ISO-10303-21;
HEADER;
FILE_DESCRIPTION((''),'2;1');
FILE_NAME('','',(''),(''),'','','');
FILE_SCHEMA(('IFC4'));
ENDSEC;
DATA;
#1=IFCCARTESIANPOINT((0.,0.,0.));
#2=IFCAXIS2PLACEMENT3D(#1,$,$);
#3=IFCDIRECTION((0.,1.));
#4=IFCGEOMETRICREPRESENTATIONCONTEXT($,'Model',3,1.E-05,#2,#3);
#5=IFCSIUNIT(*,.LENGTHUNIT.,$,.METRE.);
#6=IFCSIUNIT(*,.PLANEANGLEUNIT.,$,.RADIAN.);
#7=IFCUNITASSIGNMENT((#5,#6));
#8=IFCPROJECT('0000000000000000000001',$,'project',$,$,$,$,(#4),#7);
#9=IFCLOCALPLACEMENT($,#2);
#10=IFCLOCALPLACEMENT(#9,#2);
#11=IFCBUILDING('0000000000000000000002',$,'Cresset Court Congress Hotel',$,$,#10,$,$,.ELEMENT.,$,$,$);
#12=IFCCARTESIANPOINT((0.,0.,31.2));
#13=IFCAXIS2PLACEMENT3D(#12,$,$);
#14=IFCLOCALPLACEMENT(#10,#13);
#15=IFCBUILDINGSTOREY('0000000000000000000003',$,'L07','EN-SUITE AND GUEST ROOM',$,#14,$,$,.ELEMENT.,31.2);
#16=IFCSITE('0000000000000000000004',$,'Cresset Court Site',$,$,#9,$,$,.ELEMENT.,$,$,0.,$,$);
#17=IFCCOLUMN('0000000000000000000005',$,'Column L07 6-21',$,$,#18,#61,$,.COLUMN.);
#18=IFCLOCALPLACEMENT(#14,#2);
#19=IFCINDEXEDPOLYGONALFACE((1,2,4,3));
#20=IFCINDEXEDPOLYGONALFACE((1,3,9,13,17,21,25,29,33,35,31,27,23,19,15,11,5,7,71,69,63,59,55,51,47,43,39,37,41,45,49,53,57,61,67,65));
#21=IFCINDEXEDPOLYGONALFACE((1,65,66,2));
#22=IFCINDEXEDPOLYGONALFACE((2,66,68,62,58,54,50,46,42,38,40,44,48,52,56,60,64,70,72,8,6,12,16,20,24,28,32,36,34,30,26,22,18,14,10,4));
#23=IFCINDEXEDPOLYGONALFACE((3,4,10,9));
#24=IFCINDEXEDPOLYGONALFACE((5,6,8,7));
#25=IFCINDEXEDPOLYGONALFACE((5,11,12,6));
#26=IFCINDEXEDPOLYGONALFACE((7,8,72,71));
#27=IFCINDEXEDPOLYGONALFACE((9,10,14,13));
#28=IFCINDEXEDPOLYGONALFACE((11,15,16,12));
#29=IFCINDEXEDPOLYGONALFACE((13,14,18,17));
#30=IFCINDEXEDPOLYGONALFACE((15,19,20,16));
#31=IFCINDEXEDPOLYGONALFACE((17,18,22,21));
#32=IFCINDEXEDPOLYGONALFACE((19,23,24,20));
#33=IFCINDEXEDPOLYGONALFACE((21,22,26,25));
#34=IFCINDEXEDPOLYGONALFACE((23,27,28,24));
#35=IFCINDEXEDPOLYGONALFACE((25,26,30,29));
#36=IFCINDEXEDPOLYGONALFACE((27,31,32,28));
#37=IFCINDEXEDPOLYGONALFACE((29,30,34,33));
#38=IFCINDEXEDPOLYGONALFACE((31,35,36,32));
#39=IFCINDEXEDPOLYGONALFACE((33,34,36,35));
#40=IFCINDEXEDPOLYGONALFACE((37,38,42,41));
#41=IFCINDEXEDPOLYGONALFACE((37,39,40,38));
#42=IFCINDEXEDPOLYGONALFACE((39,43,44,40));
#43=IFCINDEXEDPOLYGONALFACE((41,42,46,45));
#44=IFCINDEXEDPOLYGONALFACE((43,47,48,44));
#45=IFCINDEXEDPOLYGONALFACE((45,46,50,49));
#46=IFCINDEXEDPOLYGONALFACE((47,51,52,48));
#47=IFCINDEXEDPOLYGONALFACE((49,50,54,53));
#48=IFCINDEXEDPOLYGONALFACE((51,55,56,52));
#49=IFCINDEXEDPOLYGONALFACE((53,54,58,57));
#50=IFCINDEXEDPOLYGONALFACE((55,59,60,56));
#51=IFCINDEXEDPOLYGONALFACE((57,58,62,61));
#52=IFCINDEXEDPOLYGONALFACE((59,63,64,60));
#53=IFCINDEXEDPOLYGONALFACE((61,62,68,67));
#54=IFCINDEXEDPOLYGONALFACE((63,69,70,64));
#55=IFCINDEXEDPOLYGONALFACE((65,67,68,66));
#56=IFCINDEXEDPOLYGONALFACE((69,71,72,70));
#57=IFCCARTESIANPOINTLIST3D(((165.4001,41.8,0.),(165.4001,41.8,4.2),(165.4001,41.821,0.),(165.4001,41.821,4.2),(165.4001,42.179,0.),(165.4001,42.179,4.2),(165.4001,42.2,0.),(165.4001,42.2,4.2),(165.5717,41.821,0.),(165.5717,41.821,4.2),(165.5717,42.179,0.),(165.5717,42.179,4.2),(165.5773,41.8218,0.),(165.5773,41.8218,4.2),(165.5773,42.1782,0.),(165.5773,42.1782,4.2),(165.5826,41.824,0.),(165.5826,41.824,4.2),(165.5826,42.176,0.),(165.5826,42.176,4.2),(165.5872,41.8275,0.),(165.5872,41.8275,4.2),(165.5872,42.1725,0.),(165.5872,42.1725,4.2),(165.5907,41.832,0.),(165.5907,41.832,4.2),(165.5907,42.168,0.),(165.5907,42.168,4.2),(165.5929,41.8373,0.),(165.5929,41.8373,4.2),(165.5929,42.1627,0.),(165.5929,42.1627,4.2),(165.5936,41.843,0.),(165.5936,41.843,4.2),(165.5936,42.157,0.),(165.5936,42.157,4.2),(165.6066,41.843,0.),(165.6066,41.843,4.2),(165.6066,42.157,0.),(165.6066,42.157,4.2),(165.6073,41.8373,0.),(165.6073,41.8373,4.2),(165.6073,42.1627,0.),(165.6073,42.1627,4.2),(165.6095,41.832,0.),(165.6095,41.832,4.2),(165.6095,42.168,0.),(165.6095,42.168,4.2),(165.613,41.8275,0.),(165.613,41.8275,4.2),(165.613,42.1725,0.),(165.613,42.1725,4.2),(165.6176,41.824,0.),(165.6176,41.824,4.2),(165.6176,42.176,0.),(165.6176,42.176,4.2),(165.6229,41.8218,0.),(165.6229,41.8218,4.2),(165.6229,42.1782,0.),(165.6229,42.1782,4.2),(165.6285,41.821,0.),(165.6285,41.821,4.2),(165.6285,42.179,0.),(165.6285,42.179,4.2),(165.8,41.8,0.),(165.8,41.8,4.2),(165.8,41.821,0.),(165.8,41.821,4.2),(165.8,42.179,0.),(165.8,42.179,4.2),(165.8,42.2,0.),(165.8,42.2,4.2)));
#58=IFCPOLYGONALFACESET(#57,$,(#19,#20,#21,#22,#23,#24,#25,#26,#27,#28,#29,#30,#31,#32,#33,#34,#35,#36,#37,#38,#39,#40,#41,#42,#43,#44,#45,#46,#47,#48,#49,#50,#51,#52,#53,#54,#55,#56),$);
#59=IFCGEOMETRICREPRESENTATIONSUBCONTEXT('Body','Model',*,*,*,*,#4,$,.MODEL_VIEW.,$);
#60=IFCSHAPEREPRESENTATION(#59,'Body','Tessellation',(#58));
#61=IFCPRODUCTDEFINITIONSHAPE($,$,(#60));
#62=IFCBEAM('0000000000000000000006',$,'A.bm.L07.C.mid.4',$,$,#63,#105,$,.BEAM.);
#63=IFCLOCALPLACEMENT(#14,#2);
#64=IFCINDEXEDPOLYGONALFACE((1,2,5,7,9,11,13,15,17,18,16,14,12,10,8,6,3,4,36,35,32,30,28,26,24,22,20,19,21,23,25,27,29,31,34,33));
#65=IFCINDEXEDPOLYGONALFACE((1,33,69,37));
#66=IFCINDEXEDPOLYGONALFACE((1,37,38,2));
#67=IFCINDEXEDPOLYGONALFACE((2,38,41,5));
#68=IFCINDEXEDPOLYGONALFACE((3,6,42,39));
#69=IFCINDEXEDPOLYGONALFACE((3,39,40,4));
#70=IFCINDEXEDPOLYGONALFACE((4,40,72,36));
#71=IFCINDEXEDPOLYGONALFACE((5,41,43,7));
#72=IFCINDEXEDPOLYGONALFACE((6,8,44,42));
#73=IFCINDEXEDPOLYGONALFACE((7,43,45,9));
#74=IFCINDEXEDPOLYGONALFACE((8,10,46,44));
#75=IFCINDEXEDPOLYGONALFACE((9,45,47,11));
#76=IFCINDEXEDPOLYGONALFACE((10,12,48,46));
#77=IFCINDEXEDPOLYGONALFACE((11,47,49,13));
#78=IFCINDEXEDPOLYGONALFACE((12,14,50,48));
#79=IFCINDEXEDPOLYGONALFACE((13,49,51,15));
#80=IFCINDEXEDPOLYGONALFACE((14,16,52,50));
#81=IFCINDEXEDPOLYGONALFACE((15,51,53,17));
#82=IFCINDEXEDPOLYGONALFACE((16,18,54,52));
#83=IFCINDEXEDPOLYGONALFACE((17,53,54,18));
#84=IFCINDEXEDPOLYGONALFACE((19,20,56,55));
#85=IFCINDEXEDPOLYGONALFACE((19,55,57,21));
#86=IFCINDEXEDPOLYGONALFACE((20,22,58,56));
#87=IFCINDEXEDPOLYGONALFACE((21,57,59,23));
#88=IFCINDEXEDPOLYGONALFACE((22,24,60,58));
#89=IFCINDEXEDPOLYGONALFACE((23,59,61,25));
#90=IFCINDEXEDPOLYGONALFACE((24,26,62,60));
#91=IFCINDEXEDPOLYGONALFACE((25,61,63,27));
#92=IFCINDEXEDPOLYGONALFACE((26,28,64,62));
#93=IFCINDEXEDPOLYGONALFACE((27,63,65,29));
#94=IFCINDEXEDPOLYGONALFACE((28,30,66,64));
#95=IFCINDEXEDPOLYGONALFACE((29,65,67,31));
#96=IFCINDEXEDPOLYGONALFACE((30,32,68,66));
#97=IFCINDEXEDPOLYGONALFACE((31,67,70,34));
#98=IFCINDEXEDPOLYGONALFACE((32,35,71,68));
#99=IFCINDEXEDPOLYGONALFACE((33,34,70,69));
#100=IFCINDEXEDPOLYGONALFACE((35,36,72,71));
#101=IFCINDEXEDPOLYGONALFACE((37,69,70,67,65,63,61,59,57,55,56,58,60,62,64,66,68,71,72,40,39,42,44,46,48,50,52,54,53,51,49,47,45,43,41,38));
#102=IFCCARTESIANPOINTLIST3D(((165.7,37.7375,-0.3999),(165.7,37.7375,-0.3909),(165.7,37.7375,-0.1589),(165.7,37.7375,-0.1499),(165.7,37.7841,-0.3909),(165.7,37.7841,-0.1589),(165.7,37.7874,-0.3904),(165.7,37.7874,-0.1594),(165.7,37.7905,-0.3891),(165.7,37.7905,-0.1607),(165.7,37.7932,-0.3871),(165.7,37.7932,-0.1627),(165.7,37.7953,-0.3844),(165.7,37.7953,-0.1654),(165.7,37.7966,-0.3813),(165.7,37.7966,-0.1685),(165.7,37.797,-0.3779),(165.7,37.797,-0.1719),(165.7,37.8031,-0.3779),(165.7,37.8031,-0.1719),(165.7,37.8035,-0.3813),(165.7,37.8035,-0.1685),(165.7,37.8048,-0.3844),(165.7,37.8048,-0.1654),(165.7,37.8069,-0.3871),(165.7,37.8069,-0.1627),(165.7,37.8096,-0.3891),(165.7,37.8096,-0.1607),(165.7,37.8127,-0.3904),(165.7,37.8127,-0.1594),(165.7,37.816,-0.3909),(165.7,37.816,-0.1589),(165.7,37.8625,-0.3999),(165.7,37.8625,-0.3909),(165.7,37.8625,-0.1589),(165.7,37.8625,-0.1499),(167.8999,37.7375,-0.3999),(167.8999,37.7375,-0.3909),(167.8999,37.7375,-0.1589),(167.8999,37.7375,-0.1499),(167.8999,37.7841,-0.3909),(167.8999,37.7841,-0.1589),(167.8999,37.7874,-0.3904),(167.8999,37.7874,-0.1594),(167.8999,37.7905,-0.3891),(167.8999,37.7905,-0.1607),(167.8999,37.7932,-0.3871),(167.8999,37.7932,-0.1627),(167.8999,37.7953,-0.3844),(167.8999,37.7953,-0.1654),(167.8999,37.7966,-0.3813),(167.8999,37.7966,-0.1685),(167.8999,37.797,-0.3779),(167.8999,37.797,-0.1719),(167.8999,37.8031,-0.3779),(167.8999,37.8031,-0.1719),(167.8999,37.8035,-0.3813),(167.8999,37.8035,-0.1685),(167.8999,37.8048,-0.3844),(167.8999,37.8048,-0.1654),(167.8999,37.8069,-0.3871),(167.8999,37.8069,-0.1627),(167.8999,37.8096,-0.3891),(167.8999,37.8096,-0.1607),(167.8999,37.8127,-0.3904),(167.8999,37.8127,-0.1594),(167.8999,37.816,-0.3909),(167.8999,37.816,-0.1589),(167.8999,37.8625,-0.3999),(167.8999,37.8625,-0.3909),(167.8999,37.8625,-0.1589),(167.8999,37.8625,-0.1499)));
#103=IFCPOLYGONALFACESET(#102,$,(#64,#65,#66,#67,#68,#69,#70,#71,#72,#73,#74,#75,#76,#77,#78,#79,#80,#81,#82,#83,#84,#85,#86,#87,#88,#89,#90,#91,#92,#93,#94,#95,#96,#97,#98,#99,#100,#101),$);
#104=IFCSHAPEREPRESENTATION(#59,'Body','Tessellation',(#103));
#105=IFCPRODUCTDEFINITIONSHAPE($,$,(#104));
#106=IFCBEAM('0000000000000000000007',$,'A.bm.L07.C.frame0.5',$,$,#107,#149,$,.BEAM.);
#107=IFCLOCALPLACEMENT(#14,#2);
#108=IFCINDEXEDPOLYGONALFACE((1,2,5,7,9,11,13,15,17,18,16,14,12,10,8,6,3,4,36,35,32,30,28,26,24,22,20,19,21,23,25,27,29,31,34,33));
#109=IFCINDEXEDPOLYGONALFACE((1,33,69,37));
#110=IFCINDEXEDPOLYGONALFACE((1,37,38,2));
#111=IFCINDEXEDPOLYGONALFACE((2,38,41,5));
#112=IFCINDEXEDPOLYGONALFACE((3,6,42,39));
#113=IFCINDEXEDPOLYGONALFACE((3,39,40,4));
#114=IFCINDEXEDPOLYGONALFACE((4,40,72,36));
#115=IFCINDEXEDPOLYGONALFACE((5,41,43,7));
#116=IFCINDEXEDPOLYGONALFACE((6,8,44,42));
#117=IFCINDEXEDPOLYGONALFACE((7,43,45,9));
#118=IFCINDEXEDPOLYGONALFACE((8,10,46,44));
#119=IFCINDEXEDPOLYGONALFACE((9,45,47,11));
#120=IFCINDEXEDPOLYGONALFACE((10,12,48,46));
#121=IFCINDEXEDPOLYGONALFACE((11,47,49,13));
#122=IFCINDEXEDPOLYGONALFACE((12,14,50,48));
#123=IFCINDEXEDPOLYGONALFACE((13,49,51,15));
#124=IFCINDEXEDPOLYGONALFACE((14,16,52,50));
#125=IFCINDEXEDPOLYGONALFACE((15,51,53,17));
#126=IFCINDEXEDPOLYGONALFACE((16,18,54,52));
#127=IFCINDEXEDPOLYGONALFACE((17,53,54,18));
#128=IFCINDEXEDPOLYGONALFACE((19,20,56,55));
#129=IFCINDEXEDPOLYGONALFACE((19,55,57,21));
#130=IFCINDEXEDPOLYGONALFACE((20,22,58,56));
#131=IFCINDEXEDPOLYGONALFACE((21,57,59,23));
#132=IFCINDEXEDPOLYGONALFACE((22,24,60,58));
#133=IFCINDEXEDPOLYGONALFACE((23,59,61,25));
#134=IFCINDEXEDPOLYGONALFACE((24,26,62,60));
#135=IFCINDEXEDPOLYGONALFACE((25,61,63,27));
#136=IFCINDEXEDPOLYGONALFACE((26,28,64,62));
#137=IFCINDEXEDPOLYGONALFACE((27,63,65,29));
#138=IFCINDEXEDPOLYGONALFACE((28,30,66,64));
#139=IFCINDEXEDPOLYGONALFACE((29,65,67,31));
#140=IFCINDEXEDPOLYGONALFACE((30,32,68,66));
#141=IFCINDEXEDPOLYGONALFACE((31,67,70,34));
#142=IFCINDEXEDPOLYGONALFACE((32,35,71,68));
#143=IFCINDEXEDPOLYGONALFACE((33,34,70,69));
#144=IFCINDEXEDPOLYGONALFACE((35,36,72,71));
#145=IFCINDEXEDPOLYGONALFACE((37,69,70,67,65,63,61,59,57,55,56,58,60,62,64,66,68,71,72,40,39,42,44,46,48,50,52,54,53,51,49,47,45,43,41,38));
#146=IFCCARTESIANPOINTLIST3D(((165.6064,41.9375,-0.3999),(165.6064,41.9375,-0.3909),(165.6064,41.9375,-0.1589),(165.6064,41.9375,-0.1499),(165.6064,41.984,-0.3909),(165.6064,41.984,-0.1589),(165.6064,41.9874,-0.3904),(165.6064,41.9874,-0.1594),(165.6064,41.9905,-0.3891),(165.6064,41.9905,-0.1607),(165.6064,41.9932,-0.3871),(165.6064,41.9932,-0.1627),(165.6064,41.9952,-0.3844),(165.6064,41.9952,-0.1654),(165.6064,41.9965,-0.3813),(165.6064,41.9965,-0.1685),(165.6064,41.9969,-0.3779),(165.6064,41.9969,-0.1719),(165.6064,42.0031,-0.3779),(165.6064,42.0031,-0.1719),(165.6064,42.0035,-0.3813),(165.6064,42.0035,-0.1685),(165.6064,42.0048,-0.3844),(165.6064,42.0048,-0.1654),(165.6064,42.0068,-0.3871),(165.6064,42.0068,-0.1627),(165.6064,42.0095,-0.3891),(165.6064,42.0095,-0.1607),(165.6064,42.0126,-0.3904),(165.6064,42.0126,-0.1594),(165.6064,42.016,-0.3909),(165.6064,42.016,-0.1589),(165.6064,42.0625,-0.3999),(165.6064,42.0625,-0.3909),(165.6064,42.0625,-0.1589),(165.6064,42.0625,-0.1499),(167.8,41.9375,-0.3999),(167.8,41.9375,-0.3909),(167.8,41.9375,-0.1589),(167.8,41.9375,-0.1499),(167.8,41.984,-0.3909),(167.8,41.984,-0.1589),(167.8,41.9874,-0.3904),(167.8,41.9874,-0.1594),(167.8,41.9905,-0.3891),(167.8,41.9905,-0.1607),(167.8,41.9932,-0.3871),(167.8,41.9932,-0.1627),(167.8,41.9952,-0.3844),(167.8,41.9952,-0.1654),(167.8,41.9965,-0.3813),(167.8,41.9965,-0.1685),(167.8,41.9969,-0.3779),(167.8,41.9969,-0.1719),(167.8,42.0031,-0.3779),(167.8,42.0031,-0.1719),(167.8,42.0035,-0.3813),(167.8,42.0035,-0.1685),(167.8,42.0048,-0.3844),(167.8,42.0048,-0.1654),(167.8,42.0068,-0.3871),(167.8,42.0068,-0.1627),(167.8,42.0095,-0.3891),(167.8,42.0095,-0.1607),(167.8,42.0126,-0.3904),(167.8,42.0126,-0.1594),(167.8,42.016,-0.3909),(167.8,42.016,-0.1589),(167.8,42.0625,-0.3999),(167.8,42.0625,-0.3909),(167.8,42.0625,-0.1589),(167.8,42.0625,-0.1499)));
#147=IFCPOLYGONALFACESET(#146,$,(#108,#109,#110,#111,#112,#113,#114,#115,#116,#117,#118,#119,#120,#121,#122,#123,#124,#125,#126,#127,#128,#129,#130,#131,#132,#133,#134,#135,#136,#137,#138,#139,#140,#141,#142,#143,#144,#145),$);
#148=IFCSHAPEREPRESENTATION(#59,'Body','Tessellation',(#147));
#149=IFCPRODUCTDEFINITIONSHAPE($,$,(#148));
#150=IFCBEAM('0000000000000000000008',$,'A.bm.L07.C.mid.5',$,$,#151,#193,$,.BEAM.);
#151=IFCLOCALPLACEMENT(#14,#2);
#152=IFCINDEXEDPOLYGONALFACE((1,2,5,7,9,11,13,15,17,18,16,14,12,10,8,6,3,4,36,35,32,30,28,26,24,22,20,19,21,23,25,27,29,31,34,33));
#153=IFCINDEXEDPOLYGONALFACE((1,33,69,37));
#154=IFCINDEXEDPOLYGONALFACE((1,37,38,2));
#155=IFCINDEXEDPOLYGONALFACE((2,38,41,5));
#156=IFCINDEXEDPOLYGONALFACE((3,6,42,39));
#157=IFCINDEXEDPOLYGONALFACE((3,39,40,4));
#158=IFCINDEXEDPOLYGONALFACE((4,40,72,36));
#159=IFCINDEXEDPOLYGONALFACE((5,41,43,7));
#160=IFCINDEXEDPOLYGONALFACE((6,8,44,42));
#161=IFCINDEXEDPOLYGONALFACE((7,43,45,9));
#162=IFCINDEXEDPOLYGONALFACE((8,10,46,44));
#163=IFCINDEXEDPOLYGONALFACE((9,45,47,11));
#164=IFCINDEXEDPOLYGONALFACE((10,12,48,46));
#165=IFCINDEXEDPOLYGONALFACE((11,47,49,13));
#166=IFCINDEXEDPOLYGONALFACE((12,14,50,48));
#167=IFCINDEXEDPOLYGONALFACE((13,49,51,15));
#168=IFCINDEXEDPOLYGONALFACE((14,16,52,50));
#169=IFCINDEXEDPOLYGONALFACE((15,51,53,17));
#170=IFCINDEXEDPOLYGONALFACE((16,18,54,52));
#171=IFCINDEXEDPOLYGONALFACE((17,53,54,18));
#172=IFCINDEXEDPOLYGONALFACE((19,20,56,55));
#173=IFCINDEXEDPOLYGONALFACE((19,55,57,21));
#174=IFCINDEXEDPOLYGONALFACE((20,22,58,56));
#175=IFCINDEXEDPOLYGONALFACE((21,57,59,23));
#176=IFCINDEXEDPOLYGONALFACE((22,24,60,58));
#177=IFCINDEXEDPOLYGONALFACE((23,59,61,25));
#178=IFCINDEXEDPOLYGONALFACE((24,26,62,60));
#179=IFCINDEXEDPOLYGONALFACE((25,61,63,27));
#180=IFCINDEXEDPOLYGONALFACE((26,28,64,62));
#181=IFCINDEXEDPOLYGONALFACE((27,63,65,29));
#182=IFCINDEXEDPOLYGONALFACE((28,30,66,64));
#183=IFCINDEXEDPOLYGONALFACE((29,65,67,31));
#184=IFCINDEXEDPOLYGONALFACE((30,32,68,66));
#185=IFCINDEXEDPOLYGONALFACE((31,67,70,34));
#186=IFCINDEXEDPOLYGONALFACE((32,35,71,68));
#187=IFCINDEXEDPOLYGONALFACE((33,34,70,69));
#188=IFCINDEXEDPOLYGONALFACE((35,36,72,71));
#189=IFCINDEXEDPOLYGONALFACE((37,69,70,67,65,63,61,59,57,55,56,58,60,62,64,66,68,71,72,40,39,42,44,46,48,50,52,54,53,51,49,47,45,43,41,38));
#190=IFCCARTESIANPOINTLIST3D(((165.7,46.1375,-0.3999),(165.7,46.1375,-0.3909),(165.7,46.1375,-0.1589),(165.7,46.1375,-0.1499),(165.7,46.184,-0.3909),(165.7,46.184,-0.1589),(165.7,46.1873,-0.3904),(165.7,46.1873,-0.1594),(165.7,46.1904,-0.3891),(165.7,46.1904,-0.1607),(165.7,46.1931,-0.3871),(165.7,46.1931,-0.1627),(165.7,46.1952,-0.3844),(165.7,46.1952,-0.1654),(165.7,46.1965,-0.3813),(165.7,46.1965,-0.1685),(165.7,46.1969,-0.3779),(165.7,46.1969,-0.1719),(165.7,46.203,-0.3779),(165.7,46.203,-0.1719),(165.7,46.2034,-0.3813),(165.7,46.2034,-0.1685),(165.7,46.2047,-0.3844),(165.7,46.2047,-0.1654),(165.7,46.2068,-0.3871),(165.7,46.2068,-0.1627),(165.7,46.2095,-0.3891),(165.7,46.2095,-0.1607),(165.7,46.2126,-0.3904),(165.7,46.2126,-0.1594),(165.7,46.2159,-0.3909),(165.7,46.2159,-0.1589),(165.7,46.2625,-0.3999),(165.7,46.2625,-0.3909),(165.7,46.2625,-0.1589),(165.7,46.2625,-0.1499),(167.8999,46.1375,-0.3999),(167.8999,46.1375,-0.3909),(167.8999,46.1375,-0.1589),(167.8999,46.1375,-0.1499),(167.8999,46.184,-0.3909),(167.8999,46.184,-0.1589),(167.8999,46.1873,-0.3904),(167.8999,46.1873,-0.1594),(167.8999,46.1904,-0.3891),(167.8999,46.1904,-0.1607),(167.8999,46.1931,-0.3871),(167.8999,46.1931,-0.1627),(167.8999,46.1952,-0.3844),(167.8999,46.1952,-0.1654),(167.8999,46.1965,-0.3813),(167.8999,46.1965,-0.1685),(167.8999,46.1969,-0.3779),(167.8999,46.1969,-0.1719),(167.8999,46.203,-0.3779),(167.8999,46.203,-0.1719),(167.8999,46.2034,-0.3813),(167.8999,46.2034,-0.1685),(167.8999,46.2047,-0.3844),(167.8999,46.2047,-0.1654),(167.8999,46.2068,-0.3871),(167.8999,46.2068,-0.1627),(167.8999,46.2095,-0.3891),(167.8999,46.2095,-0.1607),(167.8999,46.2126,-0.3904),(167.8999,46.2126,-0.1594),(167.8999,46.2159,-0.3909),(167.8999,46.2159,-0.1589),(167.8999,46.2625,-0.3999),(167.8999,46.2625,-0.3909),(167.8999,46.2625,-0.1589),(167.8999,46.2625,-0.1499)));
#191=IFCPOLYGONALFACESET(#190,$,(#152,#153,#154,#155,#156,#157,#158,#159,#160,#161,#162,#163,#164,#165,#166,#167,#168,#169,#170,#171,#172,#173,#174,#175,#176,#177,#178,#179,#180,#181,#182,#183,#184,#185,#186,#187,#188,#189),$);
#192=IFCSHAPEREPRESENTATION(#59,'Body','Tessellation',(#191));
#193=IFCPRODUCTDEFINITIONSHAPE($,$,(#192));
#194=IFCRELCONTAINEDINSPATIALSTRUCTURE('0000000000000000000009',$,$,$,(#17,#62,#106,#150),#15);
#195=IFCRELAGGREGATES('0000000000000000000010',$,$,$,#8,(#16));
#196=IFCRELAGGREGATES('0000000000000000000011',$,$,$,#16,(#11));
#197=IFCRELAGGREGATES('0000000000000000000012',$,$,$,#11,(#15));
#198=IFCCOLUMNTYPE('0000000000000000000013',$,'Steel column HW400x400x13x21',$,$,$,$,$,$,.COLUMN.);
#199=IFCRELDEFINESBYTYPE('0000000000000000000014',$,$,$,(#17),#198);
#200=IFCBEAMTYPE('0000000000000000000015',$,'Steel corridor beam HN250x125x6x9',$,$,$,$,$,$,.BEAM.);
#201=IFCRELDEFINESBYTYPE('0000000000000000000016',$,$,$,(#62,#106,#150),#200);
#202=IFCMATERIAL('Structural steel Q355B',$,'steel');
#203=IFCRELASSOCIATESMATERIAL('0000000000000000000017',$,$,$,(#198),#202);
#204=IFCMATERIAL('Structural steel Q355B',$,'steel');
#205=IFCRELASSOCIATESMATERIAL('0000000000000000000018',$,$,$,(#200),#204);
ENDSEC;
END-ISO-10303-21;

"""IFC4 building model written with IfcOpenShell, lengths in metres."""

from ifc_helpers import new_model, si_unit, direction, frame, origin, origin_2d, place, context, subcontext, project, spatial, i_section, extrude, material, material_profile, profile_set, type_object, element, save


model = new_model("IFC4")

# Units and contexts
model_context = context("Model", 3, precision=1e-05, world=origin(), true_north=direction((0.0, 1.0)))
body_context = subcontext(model_context, "Body", "Model", "MODEL_VIEW")
ifc_project = project(units=[si_unit("LENGTHUNIT", "METRE"), si_unit("PLANEANGLEUNIT", "RADIAN")], contexts=[model_context])

# Site, building, storey
site_placement = place(None, origin())
site = spatial("IfcSite", under=ifc_project, at=site_placement, Name="Cresset Court Site", CompositionType="ELEMENT", RefElevation=0.0)
building_placement = place(site_placement, origin())
building = spatial("IfcBuilding", under=site, at=building_placement, Name="Cresset Court Congress Hotel", CompositionType="ELEMENT")
storey_placement = place(building_placement, frame((0.0, 0.0, 31.2)))
storey = spatial("IfcBuildingStorey", under=building, at=storey_placement, Name="L07", Description="EN-SUITE AND GUEST ROOM", CompositionType="ELEMENT", Elevation=31.2)

# Column
ifc_material_1 = material(Name="Structural steel Q355B", Category="steel")
ifc_material_profile_1 = material_profile(ifc_material_1, i_section(OverallWidth=0.3999, OverallDepth=0.3999, WebThickness=0.0129, FlangeThickness=0.021, FilletRadius=0.022, at=origin_2d()), Name="HW400x400x13x21")
ifc_profile_set_1 = profile_set([ifc_material_profile_1], Name="Structural steel Q355B")
column_type = type_object("IfcColumnType", Name="Steel column HW400x400x13x21", PredefinedType="COLUMN", material=ifc_profile_set_1)
column_placement = place(storey_placement, frame((165.6001, 42.0, 0.0), z_axis=(0.0, 0.0, 1.0), x_axis=(1.0, 0.0, 0.0)))
element("IfcColumn", 1, at=column_placement, inside=storey, type_object=column_type, Name="Column L07 6-21", PredefinedType="COLUMN", context=body_context, shape_type="SweptSolid", body=[
    extrude(i_section(OverallWidth=0.3999, OverallDepth=0.3999, WebThickness=0.0129, FlangeThickness=0.021, FilletRadius=0.022, at=origin_2d()), origin(), (0.0, 0.0, 1.0), 4.2),
])

# Beams
ifc_material_2 = material(Name="Structural steel Q355B", Category="steel")
ifc_material_profile_2 = material_profile(ifc_material_2, i_section(OverallWidth=0.125, OverallDepth=0.25, WebThickness=0.0061, FlangeThickness=0.009, FilletRadius=0.0129, at=origin_2d()), Name="HN250x125x6x9")
ifc_profile_set_2 = profile_set([ifc_material_profile_2], Name="Structural steel Q355B")
beam_type_1 = type_object("IfcBeamType", Name="Steel corridor beam HN250x125x6x9", PredefinedType="BEAM", material=ifc_profile_set_2)
beam_1_placement = place(storey_placement, frame((165.7, 37.8, -0.2749), z_axis=(1.0, 0.0, 0.0), x_axis=(0.0, 1.0, 0.0)))
element("IfcBeam", 2, at=beam_1_placement, inside=storey, type_object=beam_type_1, Name="A.bm.L07.C.mid.4", PredefinedType="BEAM", context=body_context, shape_type="SweptSolid", body=[
    extrude(i_section(OverallWidth=0.125, OverallDepth=0.25, WebThickness=0.0061, FlangeThickness=0.009, FilletRadius=0.0129, at=origin_2d()), origin(), (0.0, 0.0, 1.0), 2.2),
])
beam_2_placement = place(storey_placement, frame((165.6064, 42.0, -0.2749), z_axis=(1.0, 0.0, 0.0), x_axis=(0.0, 1.0, 0.0)))
element("IfcBeam", 3, at=beam_2_placement, inside=storey, type_object=beam_type_1, Name="A.bm.L07.C.frame0.5", PredefinedType="BEAM", context=body_context, shape_type="SweptSolid", body=[
    extrude(i_section(OverallWidth=0.125, OverallDepth=0.25, WebThickness=0.0061, FlangeThickness=0.009, FilletRadius=0.0129, at=origin_2d()), origin(), (0.0, 0.0, 1.0), 2.1936),
])
beam_3_placement = place(storey_placement, frame((165.7, 46.2, -0.2749), z_axis=(1.0, 0.0, 0.0), x_axis=(0.0, 1.0, 0.0)))
element("IfcBeam", 4, at=beam_3_placement, inside=storey, type_object=beam_type_1, Name="A.bm.L07.C.mid.5", PredefinedType="BEAM", context=body_context, shape_type="SweptSolid", body=[
    extrude(i_section(OverallWidth=0.125, OverallDepth=0.25, WebThickness=0.0061, FlangeThickness=0.009, FilletRadius=0.0129, at=origin_2d()), origin(), (0.0, 0.0, 1.0), 2.2),
])

save(model, "model.ifc")
